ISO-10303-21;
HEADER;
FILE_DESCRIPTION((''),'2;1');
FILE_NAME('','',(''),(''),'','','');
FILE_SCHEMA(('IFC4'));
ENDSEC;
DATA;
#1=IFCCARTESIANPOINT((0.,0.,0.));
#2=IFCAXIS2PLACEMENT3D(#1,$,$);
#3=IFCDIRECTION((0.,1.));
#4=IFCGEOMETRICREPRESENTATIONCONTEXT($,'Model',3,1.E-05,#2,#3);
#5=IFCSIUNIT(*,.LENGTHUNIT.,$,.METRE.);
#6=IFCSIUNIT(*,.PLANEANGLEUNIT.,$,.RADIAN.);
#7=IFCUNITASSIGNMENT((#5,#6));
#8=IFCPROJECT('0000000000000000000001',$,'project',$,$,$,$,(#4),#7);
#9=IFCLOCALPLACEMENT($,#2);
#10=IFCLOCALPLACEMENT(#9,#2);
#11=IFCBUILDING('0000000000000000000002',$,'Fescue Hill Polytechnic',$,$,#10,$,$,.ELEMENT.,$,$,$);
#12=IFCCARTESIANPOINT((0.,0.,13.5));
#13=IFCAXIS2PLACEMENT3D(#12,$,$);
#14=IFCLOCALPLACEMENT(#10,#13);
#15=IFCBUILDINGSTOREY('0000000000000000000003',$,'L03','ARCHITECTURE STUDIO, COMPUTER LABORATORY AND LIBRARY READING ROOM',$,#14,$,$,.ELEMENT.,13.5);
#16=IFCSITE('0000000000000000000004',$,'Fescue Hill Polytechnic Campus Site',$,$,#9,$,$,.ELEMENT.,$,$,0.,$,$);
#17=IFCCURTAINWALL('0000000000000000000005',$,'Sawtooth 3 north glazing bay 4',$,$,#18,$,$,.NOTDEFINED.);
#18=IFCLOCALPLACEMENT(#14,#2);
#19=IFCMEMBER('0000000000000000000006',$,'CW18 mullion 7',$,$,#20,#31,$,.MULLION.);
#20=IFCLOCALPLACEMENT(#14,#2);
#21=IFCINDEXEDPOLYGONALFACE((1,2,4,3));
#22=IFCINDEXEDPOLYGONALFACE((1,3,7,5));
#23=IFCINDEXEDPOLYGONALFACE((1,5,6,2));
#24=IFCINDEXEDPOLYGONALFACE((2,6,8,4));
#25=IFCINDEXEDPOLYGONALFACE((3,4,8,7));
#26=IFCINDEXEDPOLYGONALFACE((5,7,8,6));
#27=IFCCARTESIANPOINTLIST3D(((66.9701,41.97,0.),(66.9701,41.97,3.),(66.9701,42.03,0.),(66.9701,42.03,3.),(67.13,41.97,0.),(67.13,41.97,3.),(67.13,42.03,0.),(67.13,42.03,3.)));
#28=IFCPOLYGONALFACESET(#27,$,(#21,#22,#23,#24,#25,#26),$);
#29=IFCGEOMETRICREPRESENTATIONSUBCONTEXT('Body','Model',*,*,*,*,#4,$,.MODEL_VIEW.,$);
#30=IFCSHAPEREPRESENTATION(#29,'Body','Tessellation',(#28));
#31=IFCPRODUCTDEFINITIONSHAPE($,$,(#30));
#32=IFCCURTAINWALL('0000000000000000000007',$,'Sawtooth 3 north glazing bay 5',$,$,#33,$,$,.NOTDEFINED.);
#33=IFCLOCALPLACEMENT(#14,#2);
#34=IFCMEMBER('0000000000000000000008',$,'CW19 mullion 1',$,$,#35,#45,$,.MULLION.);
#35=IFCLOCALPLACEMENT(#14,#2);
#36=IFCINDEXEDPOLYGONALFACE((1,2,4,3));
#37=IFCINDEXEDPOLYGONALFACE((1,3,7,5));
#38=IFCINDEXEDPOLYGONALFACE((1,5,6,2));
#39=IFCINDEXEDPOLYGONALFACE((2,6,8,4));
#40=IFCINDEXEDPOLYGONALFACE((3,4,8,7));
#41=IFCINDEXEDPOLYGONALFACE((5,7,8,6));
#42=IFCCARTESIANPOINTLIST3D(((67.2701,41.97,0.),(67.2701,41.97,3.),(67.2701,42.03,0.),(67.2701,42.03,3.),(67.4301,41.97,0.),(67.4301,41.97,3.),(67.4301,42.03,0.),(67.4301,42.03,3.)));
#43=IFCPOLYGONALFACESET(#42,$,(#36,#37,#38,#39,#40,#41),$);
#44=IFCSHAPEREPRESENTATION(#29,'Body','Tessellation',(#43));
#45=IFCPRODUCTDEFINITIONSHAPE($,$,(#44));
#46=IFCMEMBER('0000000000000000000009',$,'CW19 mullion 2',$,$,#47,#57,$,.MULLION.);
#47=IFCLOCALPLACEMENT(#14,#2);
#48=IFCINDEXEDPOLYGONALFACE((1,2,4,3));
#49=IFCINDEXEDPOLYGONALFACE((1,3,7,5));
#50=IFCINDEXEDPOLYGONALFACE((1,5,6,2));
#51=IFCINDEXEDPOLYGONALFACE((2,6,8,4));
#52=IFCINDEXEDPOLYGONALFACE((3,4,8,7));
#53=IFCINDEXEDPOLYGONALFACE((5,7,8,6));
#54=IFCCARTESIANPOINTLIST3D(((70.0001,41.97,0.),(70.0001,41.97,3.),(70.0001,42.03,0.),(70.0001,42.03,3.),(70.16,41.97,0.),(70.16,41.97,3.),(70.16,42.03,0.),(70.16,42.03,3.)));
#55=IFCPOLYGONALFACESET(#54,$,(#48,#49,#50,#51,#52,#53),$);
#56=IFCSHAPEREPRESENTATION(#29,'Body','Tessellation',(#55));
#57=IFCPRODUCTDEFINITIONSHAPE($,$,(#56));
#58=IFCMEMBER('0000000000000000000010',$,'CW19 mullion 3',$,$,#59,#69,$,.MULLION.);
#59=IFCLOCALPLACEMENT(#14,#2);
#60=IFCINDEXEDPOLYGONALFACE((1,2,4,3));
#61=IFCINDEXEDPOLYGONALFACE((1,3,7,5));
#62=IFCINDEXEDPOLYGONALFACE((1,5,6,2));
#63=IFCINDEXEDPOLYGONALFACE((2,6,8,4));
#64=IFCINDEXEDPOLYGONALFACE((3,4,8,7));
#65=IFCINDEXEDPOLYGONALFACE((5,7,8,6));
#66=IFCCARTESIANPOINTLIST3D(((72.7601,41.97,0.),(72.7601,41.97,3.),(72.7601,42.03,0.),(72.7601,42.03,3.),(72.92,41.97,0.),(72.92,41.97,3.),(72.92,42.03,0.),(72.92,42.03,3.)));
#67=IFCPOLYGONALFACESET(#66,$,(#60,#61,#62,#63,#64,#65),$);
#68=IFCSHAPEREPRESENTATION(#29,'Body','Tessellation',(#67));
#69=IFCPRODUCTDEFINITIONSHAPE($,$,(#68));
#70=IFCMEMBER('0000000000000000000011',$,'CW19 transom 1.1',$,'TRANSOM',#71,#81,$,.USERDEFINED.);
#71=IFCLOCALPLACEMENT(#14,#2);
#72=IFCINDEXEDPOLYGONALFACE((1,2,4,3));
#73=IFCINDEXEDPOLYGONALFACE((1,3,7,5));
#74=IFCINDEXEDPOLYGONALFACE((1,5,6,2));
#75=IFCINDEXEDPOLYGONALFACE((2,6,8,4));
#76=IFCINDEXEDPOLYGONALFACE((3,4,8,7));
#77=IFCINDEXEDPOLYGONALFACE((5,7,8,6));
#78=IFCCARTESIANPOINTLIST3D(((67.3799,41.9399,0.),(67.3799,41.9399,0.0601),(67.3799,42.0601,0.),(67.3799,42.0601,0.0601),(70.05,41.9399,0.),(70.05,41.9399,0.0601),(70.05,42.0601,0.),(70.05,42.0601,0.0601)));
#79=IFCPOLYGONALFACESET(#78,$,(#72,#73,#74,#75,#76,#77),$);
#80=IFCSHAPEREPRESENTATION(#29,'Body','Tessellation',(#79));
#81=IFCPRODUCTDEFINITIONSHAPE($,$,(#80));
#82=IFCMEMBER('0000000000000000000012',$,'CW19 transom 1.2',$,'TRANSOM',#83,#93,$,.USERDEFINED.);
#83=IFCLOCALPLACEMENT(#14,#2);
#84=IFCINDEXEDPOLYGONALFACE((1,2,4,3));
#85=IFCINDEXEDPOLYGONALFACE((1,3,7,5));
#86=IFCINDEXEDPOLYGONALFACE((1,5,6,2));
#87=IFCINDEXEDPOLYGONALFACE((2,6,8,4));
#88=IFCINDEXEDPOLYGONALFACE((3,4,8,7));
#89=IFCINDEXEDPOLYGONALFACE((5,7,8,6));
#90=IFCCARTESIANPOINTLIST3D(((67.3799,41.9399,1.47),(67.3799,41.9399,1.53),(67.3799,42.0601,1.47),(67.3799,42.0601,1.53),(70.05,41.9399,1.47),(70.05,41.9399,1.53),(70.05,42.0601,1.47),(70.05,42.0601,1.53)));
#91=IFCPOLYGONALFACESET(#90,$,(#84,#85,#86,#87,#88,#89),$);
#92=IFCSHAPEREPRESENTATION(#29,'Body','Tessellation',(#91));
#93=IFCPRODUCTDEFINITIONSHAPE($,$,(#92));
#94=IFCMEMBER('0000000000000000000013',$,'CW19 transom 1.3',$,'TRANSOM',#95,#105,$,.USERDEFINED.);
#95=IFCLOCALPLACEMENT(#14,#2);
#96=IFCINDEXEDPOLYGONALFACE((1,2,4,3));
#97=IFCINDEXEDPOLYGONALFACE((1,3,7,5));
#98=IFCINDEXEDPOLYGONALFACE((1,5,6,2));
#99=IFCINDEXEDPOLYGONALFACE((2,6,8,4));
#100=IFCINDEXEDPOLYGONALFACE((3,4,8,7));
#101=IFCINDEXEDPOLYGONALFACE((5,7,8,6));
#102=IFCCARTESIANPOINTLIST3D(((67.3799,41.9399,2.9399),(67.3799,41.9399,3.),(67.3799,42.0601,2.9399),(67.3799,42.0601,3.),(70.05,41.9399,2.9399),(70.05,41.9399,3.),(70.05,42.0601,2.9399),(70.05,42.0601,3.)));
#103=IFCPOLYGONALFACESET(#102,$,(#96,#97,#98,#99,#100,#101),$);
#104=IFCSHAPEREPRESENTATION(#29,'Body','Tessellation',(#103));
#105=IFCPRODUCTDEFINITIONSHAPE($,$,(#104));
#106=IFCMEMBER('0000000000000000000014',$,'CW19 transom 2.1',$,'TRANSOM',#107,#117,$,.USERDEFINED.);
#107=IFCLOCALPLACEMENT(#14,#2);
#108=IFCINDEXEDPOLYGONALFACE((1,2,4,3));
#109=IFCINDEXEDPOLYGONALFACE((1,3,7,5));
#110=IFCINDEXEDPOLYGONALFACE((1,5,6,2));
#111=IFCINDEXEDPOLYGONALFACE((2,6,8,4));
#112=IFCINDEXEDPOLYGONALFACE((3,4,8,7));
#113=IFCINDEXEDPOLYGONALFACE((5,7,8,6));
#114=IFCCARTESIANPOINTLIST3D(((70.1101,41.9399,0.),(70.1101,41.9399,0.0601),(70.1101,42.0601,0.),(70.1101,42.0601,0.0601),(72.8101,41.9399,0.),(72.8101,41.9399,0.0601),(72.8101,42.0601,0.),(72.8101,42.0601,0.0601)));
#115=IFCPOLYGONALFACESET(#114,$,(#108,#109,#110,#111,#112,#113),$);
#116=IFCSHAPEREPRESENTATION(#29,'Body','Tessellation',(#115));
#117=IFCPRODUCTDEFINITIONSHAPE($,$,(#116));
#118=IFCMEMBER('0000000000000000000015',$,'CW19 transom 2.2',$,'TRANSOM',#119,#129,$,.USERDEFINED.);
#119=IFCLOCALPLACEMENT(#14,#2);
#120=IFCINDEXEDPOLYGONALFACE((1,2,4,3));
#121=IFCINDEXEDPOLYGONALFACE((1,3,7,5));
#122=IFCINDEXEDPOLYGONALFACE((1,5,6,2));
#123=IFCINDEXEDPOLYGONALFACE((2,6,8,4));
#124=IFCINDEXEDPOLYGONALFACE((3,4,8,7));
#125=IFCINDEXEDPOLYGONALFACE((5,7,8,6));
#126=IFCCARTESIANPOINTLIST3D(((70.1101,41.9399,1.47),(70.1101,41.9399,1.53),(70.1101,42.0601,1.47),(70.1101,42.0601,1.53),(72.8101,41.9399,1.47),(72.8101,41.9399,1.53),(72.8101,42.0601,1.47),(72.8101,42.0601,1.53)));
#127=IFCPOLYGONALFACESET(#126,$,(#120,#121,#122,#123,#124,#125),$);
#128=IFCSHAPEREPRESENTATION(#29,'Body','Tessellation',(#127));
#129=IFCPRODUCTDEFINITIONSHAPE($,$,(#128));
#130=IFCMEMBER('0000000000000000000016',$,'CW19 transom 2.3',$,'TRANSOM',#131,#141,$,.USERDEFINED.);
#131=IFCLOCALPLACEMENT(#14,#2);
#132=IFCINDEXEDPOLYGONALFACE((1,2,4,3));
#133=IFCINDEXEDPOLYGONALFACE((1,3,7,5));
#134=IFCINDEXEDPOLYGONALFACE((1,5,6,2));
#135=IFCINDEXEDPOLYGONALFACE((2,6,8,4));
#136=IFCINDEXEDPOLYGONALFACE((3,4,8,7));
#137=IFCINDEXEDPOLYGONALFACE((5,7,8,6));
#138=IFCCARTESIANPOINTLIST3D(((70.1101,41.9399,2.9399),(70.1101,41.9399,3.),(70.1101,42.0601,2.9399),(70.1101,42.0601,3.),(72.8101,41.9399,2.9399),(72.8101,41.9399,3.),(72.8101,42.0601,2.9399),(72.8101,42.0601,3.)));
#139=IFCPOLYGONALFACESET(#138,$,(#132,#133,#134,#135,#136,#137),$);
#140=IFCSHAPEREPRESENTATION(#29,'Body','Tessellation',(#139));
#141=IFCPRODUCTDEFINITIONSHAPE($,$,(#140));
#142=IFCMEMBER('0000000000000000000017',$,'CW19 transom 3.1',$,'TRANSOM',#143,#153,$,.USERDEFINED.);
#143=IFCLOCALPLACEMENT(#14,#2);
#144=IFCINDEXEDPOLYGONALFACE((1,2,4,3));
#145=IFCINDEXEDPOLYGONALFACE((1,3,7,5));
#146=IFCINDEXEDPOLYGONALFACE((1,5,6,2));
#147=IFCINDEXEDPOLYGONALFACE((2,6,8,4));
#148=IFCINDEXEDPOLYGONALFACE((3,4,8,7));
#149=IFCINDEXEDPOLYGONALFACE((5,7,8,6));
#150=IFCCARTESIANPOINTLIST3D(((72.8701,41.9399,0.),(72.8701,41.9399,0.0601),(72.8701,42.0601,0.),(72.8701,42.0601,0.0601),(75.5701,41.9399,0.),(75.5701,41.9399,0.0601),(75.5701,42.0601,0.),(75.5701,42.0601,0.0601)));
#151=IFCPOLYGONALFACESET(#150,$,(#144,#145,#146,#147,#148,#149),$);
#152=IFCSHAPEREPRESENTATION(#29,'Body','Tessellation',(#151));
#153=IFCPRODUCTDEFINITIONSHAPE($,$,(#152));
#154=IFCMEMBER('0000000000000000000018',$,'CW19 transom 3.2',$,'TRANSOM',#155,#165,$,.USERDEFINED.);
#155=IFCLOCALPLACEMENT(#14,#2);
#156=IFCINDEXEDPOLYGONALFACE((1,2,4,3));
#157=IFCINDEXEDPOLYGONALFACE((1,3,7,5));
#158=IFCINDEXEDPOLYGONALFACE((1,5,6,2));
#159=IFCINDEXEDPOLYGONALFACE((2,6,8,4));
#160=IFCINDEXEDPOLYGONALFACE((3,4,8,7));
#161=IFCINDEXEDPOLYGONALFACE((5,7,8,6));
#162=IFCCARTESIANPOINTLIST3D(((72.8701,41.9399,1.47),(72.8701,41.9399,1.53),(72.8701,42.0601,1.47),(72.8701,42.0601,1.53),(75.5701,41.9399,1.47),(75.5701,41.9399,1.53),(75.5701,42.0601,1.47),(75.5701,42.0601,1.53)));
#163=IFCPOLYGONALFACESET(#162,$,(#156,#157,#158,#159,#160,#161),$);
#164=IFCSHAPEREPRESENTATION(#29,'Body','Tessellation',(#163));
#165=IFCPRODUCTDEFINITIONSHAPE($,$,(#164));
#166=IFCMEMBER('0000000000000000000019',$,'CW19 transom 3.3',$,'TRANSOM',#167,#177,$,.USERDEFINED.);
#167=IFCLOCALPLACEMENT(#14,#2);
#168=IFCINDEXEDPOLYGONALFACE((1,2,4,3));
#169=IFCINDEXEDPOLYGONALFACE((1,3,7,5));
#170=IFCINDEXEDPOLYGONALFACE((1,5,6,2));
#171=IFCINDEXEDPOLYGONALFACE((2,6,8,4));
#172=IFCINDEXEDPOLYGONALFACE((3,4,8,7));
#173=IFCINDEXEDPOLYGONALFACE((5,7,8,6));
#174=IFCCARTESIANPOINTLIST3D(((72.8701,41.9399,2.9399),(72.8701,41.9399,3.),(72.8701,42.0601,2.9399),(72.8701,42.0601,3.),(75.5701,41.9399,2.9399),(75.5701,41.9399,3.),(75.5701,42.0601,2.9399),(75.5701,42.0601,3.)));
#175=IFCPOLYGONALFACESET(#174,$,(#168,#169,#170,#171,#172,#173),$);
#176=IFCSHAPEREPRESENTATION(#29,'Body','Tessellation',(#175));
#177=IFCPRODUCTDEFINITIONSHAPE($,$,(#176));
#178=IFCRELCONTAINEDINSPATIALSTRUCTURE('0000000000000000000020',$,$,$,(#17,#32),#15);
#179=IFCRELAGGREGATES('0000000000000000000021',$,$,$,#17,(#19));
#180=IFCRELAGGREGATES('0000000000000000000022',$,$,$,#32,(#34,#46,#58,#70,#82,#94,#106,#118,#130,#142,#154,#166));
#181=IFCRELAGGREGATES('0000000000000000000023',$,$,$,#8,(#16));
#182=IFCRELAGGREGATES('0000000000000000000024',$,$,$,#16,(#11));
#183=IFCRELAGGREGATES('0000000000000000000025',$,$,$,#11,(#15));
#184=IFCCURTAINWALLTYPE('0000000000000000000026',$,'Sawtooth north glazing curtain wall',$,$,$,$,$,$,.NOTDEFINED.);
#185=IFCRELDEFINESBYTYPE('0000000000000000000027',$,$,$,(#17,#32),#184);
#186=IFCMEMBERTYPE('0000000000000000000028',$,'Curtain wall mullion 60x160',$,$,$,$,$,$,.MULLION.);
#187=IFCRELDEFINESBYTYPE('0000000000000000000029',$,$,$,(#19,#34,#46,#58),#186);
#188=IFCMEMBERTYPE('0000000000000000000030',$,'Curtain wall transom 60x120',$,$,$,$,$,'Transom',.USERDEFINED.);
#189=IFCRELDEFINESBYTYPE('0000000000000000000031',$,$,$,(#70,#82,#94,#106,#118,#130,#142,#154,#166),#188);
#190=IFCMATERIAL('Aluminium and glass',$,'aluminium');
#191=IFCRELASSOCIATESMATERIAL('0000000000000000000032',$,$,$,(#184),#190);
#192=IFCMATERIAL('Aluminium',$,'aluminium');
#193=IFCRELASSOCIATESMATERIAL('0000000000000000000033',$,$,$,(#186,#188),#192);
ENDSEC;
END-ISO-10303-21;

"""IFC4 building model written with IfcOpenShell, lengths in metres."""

from ifc_helpers import new_model, si_unit, direction, frame, origin, origin_2d, place, context, subcontext, project, spatial, rectangle, extrude, material, material_profile, profile_set, type_object, element, aggregate, save


model = new_model("IFC4")

# Units and contexts
model_context = context("Model", 3, precision=1e-05, world=origin(), true_north=direction((0.0, 1.0)))
body_context = subcontext(model_context, "Body", "Model", "MODEL_VIEW")
ifc_project = project(units=[si_unit("LENGTHUNIT", "METRE"), si_unit("PLANEANGLEUNIT", "RADIAN")], contexts=[model_context])

# Site, building, storey
site_placement = place(None, origin())
site = spatial("IfcSite", under=ifc_project, at=site_placement, Name="Fescue Hill Polytechnic Campus Site", CompositionType="ELEMENT", RefElevation=0.0)
building_placement = place(site_placement, origin())
building = spatial("IfcBuilding", under=site, at=building_placement, Name="Fescue Hill Polytechnic", CompositionType="ELEMENT")
storey_placement = place(building_placement, frame((0.0, 0.0, 13.5)))
storey = spatial("IfcBuildingStorey", under=building, at=storey_placement, Name="L03", Description="ARCHITECTURE STUDIO, COMPUTER LABORATORY AND LIBRARY READING ROOM", CompositionType="ELEMENT", Elevation=13.5)

# Curtain wall, member
ifc_material_1 = material(Name="Aluminium and glass", Category="aluminium")
curtain_wall_type = type_object("IfcCurtainWallType", Name="Sawtooth north glazing curtain wall", PredefinedType="NOTDEFINED", material=ifc_material_1)
curtain_wall_1_placement = place(storey_placement, origin())
curtain_wall_1 = element("IfcCurtainWall", 1, at=curtain_wall_1_placement, inside=storey, type_object=curtain_wall_type, Name="Sawtooth 3 north glazing bay 4", PredefinedType="NOTDEFINED")
ifc_material_2 = material(Name="Aluminium", Category="aluminium")
ifc_material_profile_1 = material_profile(ifc_material_2, rectangle(XDim=0.0601, YDim=0.1599, at=origin_2d()), Name="Curtain wall mullion 60x160")
ifc_profile_set_1 = profile_set([ifc_material_profile_1], Name="Aluminium")
member_type_1 = type_object("IfcMemberType", Name="Curtain wall mullion 60x160", PredefinedType="MULLION", material=ifc_profile_set_1)
member_1_placement = place(storey_placement, frame((67.05, 42.0, 0.0), z_axis=(0.0, 0.0, 1.0), x_axis=(0.0, 1.0, 0.0)))
member_1 = element("IfcMember", 2, at=member_1_placement, type_object=member_type_1, Name="CW18 mullion 7", PredefinedType="MULLION", context=body_context, shape_type="SweptSolid", body=[
    extrude(rectangle(XDim=0.0601, YDim=0.1599, at=origin_2d()), origin(), (0.0, 0.0, 1.0), 3.0),
])

# Curtain wall, members
curtain_wall_2_placement = place(storey_placement, origin())
curtain_wall_2 = element("IfcCurtainWall", 3, at=curtain_wall_2_placement, inside=storey, type_object=curtain_wall_type, Name="Sawtooth 3 north glazing bay 5", PredefinedType="NOTDEFINED")
member_2_placement = place(storey_placement, frame((67.3501, 42.0, 0.0), z_axis=(0.0, 0.0, 1.0), x_axis=(0.0, 1.0, 0.0)))
member_2 = element("IfcMember", 4, at=member_2_placement, type_object=member_type_1, Name="CW19 mullion 1", PredefinedType="MULLION", context=body_context, shape_type="SweptSolid", body=[
    extrude(rectangle(XDim=0.0601, YDim=0.1599, at=origin_2d()), origin(), (0.0, 0.0, 1.0), 3.0),
])
member_3_placement = place(storey_placement, frame((70.0801, 42.0, 0.0), z_axis=(0.0, 0.0, 1.0), x_axis=(0.0, 1.0, 0.0)))
member_3 = element("IfcMember", 5, at=member_3_placement, type_object=member_type_1, Name="CW19 mullion 2", PredefinedType="MULLION", context=body_context, shape_type="SweptSolid", body=[
    extrude(rectangle(XDim=0.0601, YDim=0.1599, at=origin_2d()), origin(), (0.0, 0.0, 1.0), 3.0),
])
member_4_placement = place(storey_placement, frame((72.8401, 42.0, 0.0), z_axis=(0.0, 0.0, 1.0), x_axis=(0.0, 1.0, 0.0)))
member_4 = element("IfcMember", 6, at=member_4_placement, type_object=member_type_1, Name="CW19 mullion 3", PredefinedType="MULLION", context=body_context, shape_type="SweptSolid", body=[
    extrude(rectangle(XDim=0.0601, YDim=0.1599, at=origin_2d()), origin(), (0.0, 0.0, 1.0), 3.0),
])
ifc_material_profile_2 = material_profile(ifc_material_2, rectangle(XDim=0.1201, YDim=0.0601, at=origin_2d()), Name="Curtain wall transom 60x120")
ifc_profile_set_2 = profile_set([ifc_material_profile_2], Name="Aluminium")
member_type_2 = type_object("IfcMemberType", Name="Curtain wall transom 60x120", ElementType="Transom", PredefinedType="USERDEFINED", material=ifc_profile_set_2)
member_5_placement = place(storey_placement, frame((67.3799, 42.0, 0.03), z_axis=(1.0, 0.0, 0.0), x_axis=(0.0, 1.0, 0.0)))
member_5 = element("IfcMember", 7, at=member_5_placement, type_object=member_type_2, Name="CW19 transom 1.1", ObjectType="TRANSOM", PredefinedType="USERDEFINED", context=body_context, shape_type="SweptSolid", body=[
    extrude(rectangle(XDim=0.1201, YDim=0.0601, at=origin_2d()), origin(), (0.0, 0.0, 1.0), 2.6702),
])
member_6_placement = place(storey_placement, frame((67.3799, 42.0, 1.5), z_axis=(1.0, 0.0, 0.0), x_axis=(0.0, 1.0, 0.0)))
member_6 = element("IfcMember", 8, at=member_6_placement, type_object=member_type_2, Name="CW19 transom 1.2", ObjectType="TRANSOM", PredefinedType="USERDEFINED", context=body_context, shape_type="SweptSolid", body=[
    extrude(rectangle(XDim=0.1201, YDim=0.0601, at=origin_2d()), origin(), (0.0, 0.0, 1.0), 2.6702),
])
member_7_placement = place(storey_placement, frame((67.3799, 42.0, 2.97), z_axis=(1.0, 0.0, 0.0), x_axis=(0.0, 1.0, 0.0)))
member_7 = element("IfcMember", 9, at=member_7_placement, type_object=member_type_2, Name="CW19 transom 1.3", ObjectType="TRANSOM", PredefinedType="USERDEFINED", context=body_context, shape_type="SweptSolid", body=[
    extrude(rectangle(XDim=0.1201, YDim=0.0601, at=origin_2d()), origin(), (0.0, 0.0, 1.0), 2.6702),
])
member_8_placement = place(storey_placement, frame((70.1101, 42.0, 0.03), z_axis=(1.0, 0.0, 0.0), x_axis=(0.0, 1.0, 0.0)))
member_8 = element("IfcMember", 10, at=member_8_placement, type_object=member_type_2, Name="CW19 transom 2.1", ObjectType="TRANSOM", PredefinedType="USERDEFINED", context=body_context, shape_type="SweptSolid", body=[
    extrude(rectangle(XDim=0.1201, YDim=0.0601, at=origin_2d()), origin(), (0.0, 0.0, 1.0), 2.7),
])
member_9_placement = place(storey_placement, frame((70.1101, 42.0, 1.5), z_axis=(1.0, 0.0, 0.0), x_axis=(0.0, 1.0, 0.0)))
member_9 = element("IfcMember", 11, at=member_9_placement, type_object=member_type_2, Name="CW19 transom 2.2", ObjectType="TRANSOM", PredefinedType="USERDEFINED", context=body_context, shape_type="SweptSolid", body=[
    extrude(rectangle(XDim=0.1201, YDim=0.0601, at=origin_2d()), origin(), (0.0, 0.0, 1.0), 2.7),
])
member_10_placement = place(storey_placement, frame((70.1101, 42.0, 2.97), z_axis=(1.0, 0.0, 0.0), x_axis=(0.0, 1.0, 0.0)))
member_10 = element("IfcMember", 12, at=member_10_placement, type_object=member_type_2, Name="CW19 transom 2.3", ObjectType="TRANSOM", PredefinedType="USERDEFINED", context=body_context, shape_type="SweptSolid", body=[
    extrude(rectangle(XDim=0.1201, YDim=0.0601, at=origin_2d()), origin(), (0.0, 0.0, 1.0), 2.7),
])
member_11_placement = place(storey_placement, frame((72.8701, 42.0, 0.03), z_axis=(1.0, 0.0, 0.0), x_axis=(0.0, 1.0, 0.0)))
member_11 = element("IfcMember", 13, at=member_11_placement, type_object=member_type_2, Name="CW19 transom 3.1", ObjectType="TRANSOM", PredefinedType="USERDEFINED", context=body_context, shape_type="SweptSolid", body=[
    extrude(rectangle(XDim=0.1201, YDim=0.0601, at=origin_2d()), origin(), (0.0, 0.0, 1.0), 2.7),
])
member_12_placement = place(storey_placement, frame((72.8701, 42.0, 1.5), z_axis=(1.0, 0.0, 0.0), x_axis=(0.0, 1.0, 0.0)))
member_12 = element("IfcMember", 14, at=member_12_placement, type_object=member_type_2, Name="CW19 transom 3.2", ObjectType="TRANSOM", PredefinedType="USERDEFINED", context=body_context, shape_type="SweptSolid", body=[
    extrude(rectangle(XDim=0.1201, YDim=0.0601, at=origin_2d()), origin(), (0.0, 0.0, 1.0), 2.7),
])
member_13_placement = place(storey_placement, frame((72.8701, 42.0, 2.97), z_axis=(1.0, 0.0, 0.0), x_axis=(0.0, 1.0, 0.0)))
member_13 = element("IfcMember", 15, at=member_13_placement, type_object=member_type_2, Name="CW19 transom 3.3", ObjectType="TRANSOM", PredefinedType="USERDEFINED", context=body_context, shape_type="SweptSolid", body=[
    extrude(rectangle(XDim=0.1201, YDim=0.0601, at=origin_2d()), origin(), (0.0, 0.0, 1.0), 2.7),
])

aggregate(curtain_wall_1, [member_1])
aggregate(curtain_wall_2, [member_2, member_3, member_4, member_5, member_6, member_7, member_8, member_9, member_10, member_11, member_12, member_13])

save(model, "model.ifc")
